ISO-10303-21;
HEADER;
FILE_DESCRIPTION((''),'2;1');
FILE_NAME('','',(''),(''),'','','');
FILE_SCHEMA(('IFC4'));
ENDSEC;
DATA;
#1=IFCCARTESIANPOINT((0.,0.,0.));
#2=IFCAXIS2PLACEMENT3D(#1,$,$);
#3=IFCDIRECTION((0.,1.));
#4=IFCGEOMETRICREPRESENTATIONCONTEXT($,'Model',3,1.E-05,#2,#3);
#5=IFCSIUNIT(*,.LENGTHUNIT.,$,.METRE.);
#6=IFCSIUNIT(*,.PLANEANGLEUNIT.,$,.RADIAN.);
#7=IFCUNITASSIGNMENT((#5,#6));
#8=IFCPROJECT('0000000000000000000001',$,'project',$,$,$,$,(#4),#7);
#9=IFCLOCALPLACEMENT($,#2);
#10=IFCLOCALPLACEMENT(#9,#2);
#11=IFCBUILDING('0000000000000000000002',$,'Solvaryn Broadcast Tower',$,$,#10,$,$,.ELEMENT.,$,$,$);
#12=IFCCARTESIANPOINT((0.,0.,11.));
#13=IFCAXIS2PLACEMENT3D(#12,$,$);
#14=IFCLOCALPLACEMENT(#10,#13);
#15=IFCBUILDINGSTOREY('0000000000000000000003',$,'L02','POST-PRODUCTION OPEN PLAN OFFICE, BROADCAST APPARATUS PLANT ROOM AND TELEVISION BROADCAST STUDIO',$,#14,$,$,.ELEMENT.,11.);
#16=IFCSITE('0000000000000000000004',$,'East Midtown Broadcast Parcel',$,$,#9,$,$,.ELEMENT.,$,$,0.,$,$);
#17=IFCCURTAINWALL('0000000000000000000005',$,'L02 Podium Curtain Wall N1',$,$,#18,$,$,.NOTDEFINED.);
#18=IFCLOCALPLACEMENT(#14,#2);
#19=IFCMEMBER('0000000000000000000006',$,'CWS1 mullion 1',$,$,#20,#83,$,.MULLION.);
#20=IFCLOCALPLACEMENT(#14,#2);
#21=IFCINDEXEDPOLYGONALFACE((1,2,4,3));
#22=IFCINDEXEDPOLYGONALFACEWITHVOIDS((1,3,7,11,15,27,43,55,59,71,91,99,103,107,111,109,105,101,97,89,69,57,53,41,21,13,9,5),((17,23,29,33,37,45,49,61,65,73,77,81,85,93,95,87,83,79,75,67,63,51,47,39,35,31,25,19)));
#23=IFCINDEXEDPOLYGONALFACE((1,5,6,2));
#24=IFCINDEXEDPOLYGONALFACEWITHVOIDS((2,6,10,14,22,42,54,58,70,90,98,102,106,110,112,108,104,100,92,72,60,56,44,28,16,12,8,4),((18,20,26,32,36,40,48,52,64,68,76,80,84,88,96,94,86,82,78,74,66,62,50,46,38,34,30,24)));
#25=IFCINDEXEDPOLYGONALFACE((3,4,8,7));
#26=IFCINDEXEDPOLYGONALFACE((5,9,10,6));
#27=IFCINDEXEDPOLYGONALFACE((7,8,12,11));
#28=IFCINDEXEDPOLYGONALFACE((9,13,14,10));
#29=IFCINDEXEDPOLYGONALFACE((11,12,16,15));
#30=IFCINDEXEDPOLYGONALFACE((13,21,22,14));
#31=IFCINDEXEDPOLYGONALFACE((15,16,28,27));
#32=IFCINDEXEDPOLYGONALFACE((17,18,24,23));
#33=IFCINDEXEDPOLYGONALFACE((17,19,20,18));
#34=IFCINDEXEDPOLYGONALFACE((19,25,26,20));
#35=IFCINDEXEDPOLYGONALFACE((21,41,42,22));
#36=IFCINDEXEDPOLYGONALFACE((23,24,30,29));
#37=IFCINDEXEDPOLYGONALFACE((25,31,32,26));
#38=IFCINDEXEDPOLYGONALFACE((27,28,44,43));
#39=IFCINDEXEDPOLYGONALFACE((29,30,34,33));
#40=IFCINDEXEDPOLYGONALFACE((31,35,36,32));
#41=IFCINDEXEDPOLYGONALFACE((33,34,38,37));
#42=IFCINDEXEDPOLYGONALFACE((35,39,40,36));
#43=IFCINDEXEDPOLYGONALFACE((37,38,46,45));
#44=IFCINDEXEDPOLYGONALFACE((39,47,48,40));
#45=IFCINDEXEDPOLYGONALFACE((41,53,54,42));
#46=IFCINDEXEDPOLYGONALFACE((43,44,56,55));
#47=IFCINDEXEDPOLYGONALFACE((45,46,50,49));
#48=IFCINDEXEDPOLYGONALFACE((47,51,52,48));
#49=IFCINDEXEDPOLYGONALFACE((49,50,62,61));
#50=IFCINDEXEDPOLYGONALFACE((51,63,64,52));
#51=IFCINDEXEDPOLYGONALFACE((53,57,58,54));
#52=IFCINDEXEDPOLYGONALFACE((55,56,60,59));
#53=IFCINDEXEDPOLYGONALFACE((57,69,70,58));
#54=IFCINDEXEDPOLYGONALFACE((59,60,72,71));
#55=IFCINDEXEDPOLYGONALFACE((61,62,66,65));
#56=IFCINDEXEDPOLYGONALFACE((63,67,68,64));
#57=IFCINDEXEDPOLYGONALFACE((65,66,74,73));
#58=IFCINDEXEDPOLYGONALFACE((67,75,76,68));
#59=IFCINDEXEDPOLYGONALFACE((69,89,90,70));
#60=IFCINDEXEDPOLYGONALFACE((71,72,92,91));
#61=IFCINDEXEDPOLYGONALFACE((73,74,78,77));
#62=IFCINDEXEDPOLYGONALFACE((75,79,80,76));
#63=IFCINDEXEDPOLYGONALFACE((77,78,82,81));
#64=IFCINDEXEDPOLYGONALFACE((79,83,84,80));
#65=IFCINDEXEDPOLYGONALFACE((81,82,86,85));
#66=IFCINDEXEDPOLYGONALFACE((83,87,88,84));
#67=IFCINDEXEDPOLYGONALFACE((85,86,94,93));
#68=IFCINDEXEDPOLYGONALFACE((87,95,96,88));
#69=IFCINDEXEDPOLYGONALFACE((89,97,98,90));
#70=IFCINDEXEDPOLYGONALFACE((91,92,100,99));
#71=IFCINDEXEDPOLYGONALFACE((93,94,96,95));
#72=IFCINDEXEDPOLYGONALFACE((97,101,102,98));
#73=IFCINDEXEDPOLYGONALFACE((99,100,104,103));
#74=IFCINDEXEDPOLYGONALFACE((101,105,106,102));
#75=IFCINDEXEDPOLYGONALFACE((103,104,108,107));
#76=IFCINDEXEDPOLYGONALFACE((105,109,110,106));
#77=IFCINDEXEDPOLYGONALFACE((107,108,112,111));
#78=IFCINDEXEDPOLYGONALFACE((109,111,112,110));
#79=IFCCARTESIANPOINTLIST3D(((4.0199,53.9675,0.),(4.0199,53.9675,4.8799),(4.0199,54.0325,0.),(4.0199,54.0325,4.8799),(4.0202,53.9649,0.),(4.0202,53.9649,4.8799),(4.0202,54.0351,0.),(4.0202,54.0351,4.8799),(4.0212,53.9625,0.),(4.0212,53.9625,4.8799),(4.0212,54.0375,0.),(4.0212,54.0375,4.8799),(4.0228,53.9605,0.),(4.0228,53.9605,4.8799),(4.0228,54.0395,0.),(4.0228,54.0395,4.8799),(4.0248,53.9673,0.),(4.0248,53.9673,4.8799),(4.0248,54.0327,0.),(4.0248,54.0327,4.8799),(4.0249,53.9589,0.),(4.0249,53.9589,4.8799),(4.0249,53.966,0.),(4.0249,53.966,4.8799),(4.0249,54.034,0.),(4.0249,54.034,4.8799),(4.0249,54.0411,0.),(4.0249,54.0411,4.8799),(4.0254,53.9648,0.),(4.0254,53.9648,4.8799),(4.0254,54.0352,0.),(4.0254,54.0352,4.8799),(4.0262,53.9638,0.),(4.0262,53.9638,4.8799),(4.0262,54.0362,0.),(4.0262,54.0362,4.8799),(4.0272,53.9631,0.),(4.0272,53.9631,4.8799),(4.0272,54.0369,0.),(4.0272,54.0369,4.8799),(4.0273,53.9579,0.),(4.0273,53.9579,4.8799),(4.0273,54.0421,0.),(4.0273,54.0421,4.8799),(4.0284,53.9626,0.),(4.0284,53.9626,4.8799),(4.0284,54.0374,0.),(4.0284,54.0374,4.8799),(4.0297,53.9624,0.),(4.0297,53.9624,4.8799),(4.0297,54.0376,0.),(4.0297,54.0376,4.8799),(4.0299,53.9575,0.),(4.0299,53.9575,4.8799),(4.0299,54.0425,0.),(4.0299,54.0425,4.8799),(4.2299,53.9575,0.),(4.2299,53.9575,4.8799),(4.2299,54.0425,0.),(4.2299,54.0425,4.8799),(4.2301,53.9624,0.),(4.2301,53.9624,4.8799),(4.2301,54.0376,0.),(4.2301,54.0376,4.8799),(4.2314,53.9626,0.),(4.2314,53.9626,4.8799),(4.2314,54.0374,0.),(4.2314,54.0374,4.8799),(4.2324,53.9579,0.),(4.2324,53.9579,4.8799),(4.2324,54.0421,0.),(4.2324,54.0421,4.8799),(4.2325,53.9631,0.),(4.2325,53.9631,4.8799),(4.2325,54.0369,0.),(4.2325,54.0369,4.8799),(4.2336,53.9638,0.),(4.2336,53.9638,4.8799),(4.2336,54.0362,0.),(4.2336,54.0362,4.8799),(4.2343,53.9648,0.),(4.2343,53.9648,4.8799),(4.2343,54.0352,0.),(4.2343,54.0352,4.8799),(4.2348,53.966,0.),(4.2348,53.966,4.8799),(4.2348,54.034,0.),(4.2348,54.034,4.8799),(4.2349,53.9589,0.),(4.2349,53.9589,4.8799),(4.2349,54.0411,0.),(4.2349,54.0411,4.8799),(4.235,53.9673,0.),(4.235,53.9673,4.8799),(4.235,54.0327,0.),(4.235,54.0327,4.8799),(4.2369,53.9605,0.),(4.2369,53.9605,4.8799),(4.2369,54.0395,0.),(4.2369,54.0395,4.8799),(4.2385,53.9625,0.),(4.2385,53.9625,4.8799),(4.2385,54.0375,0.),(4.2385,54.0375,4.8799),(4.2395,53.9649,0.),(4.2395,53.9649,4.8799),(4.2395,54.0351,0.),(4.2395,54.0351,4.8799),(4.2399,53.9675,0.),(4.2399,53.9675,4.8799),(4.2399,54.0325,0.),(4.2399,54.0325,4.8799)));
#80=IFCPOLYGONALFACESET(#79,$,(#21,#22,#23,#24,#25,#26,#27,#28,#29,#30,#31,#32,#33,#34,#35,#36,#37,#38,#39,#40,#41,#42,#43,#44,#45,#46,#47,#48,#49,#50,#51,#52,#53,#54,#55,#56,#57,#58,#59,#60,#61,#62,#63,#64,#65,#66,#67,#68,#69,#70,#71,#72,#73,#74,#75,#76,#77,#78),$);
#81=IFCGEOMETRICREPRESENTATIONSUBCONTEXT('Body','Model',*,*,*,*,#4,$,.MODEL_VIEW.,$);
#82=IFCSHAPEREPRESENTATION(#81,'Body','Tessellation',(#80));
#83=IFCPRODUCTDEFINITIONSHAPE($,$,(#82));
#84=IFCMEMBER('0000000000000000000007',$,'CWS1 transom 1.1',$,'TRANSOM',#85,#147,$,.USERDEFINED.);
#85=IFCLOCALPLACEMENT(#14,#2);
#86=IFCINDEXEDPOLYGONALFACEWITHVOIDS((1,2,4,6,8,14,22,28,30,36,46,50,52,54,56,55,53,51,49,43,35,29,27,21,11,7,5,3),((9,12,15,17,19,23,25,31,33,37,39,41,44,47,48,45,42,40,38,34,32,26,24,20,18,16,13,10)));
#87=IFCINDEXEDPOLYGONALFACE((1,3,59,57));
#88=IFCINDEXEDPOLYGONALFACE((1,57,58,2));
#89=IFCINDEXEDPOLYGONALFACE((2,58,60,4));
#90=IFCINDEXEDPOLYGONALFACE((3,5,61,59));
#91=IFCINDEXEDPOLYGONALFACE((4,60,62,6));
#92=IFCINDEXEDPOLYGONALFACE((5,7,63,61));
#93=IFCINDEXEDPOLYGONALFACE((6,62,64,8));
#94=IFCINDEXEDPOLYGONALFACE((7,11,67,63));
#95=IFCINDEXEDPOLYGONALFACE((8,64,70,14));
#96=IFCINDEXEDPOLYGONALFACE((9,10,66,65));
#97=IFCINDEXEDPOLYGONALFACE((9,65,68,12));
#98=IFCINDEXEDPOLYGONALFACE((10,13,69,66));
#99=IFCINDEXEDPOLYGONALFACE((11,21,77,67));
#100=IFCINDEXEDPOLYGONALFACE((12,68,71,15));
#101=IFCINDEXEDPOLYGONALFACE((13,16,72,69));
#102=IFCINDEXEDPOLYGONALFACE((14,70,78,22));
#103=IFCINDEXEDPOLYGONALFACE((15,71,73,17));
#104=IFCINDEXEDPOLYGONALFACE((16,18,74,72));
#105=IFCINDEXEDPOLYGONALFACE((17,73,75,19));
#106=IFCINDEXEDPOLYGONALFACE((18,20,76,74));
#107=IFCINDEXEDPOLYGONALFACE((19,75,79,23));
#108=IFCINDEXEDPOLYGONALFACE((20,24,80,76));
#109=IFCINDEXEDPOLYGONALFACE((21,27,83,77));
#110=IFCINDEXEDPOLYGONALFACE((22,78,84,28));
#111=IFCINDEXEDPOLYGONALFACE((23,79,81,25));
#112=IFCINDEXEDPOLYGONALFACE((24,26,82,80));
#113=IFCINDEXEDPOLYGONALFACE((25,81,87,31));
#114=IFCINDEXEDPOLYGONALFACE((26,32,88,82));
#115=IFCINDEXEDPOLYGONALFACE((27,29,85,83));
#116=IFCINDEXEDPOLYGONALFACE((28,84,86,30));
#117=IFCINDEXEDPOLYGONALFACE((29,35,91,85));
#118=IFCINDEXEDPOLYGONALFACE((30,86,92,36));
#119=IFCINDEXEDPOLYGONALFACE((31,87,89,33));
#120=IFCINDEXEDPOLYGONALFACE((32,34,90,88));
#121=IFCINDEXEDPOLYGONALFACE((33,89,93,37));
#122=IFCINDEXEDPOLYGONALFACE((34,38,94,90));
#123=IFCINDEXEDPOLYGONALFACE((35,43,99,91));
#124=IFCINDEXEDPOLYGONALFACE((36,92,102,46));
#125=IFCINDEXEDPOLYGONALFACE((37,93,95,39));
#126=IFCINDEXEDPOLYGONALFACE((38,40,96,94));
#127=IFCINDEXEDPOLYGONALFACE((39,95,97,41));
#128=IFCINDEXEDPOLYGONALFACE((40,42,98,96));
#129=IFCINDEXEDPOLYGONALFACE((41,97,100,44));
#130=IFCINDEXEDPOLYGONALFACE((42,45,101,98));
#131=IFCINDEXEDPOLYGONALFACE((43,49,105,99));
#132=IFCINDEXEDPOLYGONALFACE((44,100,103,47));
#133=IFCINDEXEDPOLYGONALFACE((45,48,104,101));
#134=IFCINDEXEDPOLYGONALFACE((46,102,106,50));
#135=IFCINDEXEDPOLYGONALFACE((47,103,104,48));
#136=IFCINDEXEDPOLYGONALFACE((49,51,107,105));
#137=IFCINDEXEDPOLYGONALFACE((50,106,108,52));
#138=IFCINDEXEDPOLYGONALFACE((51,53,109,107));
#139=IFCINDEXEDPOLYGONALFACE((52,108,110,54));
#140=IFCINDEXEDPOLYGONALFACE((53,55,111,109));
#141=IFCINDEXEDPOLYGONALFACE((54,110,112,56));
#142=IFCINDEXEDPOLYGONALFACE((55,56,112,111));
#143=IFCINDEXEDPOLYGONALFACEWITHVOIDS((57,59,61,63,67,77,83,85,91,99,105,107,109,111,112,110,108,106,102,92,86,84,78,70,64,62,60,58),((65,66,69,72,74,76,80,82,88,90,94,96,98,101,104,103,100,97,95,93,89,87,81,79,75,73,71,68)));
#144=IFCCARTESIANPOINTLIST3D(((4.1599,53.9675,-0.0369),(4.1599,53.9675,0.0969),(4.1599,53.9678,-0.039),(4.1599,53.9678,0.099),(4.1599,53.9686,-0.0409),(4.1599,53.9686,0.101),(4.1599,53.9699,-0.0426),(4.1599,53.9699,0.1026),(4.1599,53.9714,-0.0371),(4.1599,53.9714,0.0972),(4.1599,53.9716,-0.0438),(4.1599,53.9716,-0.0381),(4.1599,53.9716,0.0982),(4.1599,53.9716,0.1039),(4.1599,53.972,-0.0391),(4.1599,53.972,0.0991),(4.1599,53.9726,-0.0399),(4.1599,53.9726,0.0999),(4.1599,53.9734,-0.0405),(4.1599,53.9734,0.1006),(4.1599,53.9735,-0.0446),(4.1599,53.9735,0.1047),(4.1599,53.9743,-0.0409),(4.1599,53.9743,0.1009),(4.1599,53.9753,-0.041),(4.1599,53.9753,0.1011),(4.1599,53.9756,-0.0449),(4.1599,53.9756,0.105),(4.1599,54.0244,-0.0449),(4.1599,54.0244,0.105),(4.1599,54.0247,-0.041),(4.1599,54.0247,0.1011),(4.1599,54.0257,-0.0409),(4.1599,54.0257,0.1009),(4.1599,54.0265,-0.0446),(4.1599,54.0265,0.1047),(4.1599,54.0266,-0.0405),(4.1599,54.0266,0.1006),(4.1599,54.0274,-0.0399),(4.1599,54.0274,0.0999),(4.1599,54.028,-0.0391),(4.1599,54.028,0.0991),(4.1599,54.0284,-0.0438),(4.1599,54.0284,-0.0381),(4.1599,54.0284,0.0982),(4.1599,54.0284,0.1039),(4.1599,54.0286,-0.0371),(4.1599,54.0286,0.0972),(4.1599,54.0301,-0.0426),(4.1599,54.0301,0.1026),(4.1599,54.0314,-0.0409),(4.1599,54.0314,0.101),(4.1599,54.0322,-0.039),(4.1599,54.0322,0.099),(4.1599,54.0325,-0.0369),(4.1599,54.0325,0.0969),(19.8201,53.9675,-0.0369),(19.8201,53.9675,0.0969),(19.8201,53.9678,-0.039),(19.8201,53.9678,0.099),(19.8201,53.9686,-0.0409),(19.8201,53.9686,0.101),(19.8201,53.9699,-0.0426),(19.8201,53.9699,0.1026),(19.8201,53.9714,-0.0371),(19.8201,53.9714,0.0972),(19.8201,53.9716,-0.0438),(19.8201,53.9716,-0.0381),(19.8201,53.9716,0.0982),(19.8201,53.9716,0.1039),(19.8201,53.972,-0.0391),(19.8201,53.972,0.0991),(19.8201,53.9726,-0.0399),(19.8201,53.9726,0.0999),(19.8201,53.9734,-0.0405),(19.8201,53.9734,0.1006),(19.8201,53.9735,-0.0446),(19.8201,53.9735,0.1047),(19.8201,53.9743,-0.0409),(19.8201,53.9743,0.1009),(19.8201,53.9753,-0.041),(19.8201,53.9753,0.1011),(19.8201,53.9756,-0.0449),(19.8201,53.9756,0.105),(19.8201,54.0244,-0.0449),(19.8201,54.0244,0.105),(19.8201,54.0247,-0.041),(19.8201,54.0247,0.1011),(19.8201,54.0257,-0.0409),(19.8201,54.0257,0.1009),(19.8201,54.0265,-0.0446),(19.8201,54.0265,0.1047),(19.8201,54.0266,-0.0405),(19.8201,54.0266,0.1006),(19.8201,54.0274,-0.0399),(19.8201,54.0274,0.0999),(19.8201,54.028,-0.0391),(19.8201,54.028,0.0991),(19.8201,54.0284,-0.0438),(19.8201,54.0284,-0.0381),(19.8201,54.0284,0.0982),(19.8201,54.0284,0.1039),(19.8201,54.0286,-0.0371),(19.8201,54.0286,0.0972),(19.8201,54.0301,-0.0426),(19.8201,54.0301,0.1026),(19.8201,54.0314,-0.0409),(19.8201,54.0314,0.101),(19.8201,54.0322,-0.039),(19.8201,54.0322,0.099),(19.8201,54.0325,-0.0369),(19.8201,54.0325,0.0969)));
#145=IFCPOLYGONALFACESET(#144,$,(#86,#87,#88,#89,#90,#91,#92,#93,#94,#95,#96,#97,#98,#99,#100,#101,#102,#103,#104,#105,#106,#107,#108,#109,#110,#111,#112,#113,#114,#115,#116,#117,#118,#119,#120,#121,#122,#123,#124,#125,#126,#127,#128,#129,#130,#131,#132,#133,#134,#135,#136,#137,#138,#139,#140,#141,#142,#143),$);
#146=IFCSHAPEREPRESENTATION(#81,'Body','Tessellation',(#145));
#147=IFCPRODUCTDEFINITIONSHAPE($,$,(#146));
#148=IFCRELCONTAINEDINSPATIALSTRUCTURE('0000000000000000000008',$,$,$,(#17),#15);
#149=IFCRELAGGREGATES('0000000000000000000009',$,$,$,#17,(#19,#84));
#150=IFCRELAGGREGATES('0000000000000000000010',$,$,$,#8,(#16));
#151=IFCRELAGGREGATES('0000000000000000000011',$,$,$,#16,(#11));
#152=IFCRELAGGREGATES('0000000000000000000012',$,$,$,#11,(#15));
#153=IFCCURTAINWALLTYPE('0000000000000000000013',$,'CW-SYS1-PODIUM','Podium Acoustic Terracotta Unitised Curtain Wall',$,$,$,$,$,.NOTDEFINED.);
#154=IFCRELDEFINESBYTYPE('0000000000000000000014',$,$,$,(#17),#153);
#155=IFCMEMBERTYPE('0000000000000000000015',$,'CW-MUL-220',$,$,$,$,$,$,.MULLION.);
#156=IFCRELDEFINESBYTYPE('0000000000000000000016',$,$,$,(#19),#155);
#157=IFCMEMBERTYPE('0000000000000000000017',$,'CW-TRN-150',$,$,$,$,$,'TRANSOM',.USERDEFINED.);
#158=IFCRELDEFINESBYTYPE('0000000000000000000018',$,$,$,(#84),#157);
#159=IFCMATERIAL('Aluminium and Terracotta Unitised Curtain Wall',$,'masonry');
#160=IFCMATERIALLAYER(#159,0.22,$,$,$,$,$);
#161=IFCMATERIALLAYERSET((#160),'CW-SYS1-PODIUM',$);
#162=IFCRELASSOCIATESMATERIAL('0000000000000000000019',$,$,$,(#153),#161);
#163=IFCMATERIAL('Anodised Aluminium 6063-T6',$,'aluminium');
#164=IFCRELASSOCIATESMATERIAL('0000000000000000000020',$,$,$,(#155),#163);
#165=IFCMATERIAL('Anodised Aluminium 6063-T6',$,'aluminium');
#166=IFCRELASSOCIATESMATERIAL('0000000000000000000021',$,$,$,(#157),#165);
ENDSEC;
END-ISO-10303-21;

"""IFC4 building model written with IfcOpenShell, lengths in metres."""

from ifc_helpers import new_model, si_unit, direction, frame, origin, origin_2d, place, context, subcontext, project, spatial, hollow_rectangle, extrude, material, layer, layer_set, material_profile, profile_set, type_object, element, aggregate, save


model = new_model("IFC4")

# Units and contexts
model_context = context("Model", 3, precision=1e-05, world=origin(), true_north=direction((0.0, 1.0)))
body_context = subcontext(model_context, "Body", "Model", "MODEL_VIEW")
ifc_project = project(units=[si_unit("LENGTHUNIT", "METRE"), si_unit("PLANEANGLEUNIT", "RADIAN")], contexts=[model_context])

# Site, building, storey
site_placement = place(None, origin())
site = spatial("IfcSite", under=ifc_project, at=site_placement, Name="East Midtown Broadcast Parcel", CompositionType="ELEMENT", RefElevation=0.0)
building_placement = place(site_placement, origin())
building = spatial("IfcBuilding", under=site, at=building_placement, Name="Solvaryn Broadcast Tower", CompositionType="ELEMENT")
storey_placement = place(building_placement, frame((0.0, 0.0, 11.0)))
storey = spatial("IfcBuildingStorey", under=building, at=storey_placement, Name="L02", Description="POST-PRODUCTION OPEN PLAN OFFICE, BROADCAST APPARATUS PLANT ROOM AND TELEVISION BROADCAST STUDIO", CompositionType="ELEMENT", Elevation=11.0)

# Curtain wall, members
ifc_material_1 = material(Name="Aluminium and Terracotta Unitised Curtain Wall", Category="masonry")
ifc_layer_1 = layer(ifc_material_1, 0.22)
ifc_layer_set_1 = layer_set([ifc_layer_1], Name="CW-SYS1-PODIUM")
curtain_wall_type = type_object("IfcCurtainWallType", Name="CW-SYS1-PODIUM", Description="Podium Acoustic Terracotta Unitised Curtain Wall", PredefinedType="NOTDEFINED", material=ifc_layer_set_1)
curtain_wall_placement = place(storey_placement, origin())
curtain_wall = element("IfcCurtainWall", 1, at=curtain_wall_placement, inside=storey, type_object=curtain_wall_type, Name="L02 Podium Curtain Wall N1", PredefinedType="NOTDEFINED")
ifc_material_2 = material(Name="Anodised Aluminium 6063-T6", Category="aluminium")
ifc_material_profile_1 = material_profile(ifc_material_2, hollow_rectangle(XDim=0.085, YDim=0.22, WallThickness=0.0049, InnerFilletRadius=0.0049, OuterFilletRadius=0.01, at=origin_2d()))
ifc_profile_set_1 = profile_set([ifc_material_profile_1], Name="Anodised Aluminium 6063-T6")
member_type_1 = type_object("IfcMemberType", Name="CW-MUL-220", PredefinedType="MULLION", material=ifc_profile_set_1)
member_1_placement = place(storey_placement, frame((4.1299, 54.0, 0.0), z_axis=(0.0, 0.0, 1.0), x_axis=(0.0, 1.0, 0.0)))
member_1 = element("IfcMember", 2, at=member_1_placement, type_object=member_type_1, Name="CWS1 mullion 1", PredefinedType="MULLION", context=body_context, shape_type="SweptSolid", body=[
    extrude(hollow_rectangle(XDim=0.085, YDim=0.22, WallThickness=0.0049, InnerFilletRadius=0.0049, OuterFilletRadius=0.01, at=origin_2d()), origin(), (0.0, 0.0, 1.0), 4.8799),
])
ifc_material_3 = material(Name="Anodised Aluminium 6063-T6", Category="aluminium")
ifc_material_profile_2 = material_profile(ifc_material_3, hollow_rectangle(XDim=0.0649, YDim=0.1499, WallThickness=0.0039, InnerFilletRadius=0.0039, OuterFilletRadius=0.0081, at=origin_2d()))
ifc_profile_set_2 = profile_set([ifc_material_profile_2], Name="Anodised Aluminium 6063-T6")
member_type_2 = type_object("IfcMemberType", Name="CW-TRN-150", ElementType="TRANSOM", PredefinedType="USERDEFINED", material=ifc_profile_set_2)
member_2_placement = place(storey_placement, frame((4.1599, 54.0, 0.03), z_axis=(1.0, 0.0, 0.0), x_axis=(0.0, 1.0, 0.0)))
member_2 = element("IfcMember", 3, at=member_2_placement, type_object=member_type_2, Name="CWS1 transom 1.1", ObjectType="TRANSOM", PredefinedType="USERDEFINED", context=body_context, shape_type="SweptSolid", body=[
    extrude(hollow_rectangle(XDim=0.0649, YDim=0.1499, WallThickness=0.0039, InnerFilletRadius=0.0039, OuterFilletRadius=0.0081, at=origin_2d()), origin(), (0.0, 0.0, 1.0), 15.6602),
])
aggregate(curtain_wall, [member_1, member_2])

save(model, "model.ifc")
